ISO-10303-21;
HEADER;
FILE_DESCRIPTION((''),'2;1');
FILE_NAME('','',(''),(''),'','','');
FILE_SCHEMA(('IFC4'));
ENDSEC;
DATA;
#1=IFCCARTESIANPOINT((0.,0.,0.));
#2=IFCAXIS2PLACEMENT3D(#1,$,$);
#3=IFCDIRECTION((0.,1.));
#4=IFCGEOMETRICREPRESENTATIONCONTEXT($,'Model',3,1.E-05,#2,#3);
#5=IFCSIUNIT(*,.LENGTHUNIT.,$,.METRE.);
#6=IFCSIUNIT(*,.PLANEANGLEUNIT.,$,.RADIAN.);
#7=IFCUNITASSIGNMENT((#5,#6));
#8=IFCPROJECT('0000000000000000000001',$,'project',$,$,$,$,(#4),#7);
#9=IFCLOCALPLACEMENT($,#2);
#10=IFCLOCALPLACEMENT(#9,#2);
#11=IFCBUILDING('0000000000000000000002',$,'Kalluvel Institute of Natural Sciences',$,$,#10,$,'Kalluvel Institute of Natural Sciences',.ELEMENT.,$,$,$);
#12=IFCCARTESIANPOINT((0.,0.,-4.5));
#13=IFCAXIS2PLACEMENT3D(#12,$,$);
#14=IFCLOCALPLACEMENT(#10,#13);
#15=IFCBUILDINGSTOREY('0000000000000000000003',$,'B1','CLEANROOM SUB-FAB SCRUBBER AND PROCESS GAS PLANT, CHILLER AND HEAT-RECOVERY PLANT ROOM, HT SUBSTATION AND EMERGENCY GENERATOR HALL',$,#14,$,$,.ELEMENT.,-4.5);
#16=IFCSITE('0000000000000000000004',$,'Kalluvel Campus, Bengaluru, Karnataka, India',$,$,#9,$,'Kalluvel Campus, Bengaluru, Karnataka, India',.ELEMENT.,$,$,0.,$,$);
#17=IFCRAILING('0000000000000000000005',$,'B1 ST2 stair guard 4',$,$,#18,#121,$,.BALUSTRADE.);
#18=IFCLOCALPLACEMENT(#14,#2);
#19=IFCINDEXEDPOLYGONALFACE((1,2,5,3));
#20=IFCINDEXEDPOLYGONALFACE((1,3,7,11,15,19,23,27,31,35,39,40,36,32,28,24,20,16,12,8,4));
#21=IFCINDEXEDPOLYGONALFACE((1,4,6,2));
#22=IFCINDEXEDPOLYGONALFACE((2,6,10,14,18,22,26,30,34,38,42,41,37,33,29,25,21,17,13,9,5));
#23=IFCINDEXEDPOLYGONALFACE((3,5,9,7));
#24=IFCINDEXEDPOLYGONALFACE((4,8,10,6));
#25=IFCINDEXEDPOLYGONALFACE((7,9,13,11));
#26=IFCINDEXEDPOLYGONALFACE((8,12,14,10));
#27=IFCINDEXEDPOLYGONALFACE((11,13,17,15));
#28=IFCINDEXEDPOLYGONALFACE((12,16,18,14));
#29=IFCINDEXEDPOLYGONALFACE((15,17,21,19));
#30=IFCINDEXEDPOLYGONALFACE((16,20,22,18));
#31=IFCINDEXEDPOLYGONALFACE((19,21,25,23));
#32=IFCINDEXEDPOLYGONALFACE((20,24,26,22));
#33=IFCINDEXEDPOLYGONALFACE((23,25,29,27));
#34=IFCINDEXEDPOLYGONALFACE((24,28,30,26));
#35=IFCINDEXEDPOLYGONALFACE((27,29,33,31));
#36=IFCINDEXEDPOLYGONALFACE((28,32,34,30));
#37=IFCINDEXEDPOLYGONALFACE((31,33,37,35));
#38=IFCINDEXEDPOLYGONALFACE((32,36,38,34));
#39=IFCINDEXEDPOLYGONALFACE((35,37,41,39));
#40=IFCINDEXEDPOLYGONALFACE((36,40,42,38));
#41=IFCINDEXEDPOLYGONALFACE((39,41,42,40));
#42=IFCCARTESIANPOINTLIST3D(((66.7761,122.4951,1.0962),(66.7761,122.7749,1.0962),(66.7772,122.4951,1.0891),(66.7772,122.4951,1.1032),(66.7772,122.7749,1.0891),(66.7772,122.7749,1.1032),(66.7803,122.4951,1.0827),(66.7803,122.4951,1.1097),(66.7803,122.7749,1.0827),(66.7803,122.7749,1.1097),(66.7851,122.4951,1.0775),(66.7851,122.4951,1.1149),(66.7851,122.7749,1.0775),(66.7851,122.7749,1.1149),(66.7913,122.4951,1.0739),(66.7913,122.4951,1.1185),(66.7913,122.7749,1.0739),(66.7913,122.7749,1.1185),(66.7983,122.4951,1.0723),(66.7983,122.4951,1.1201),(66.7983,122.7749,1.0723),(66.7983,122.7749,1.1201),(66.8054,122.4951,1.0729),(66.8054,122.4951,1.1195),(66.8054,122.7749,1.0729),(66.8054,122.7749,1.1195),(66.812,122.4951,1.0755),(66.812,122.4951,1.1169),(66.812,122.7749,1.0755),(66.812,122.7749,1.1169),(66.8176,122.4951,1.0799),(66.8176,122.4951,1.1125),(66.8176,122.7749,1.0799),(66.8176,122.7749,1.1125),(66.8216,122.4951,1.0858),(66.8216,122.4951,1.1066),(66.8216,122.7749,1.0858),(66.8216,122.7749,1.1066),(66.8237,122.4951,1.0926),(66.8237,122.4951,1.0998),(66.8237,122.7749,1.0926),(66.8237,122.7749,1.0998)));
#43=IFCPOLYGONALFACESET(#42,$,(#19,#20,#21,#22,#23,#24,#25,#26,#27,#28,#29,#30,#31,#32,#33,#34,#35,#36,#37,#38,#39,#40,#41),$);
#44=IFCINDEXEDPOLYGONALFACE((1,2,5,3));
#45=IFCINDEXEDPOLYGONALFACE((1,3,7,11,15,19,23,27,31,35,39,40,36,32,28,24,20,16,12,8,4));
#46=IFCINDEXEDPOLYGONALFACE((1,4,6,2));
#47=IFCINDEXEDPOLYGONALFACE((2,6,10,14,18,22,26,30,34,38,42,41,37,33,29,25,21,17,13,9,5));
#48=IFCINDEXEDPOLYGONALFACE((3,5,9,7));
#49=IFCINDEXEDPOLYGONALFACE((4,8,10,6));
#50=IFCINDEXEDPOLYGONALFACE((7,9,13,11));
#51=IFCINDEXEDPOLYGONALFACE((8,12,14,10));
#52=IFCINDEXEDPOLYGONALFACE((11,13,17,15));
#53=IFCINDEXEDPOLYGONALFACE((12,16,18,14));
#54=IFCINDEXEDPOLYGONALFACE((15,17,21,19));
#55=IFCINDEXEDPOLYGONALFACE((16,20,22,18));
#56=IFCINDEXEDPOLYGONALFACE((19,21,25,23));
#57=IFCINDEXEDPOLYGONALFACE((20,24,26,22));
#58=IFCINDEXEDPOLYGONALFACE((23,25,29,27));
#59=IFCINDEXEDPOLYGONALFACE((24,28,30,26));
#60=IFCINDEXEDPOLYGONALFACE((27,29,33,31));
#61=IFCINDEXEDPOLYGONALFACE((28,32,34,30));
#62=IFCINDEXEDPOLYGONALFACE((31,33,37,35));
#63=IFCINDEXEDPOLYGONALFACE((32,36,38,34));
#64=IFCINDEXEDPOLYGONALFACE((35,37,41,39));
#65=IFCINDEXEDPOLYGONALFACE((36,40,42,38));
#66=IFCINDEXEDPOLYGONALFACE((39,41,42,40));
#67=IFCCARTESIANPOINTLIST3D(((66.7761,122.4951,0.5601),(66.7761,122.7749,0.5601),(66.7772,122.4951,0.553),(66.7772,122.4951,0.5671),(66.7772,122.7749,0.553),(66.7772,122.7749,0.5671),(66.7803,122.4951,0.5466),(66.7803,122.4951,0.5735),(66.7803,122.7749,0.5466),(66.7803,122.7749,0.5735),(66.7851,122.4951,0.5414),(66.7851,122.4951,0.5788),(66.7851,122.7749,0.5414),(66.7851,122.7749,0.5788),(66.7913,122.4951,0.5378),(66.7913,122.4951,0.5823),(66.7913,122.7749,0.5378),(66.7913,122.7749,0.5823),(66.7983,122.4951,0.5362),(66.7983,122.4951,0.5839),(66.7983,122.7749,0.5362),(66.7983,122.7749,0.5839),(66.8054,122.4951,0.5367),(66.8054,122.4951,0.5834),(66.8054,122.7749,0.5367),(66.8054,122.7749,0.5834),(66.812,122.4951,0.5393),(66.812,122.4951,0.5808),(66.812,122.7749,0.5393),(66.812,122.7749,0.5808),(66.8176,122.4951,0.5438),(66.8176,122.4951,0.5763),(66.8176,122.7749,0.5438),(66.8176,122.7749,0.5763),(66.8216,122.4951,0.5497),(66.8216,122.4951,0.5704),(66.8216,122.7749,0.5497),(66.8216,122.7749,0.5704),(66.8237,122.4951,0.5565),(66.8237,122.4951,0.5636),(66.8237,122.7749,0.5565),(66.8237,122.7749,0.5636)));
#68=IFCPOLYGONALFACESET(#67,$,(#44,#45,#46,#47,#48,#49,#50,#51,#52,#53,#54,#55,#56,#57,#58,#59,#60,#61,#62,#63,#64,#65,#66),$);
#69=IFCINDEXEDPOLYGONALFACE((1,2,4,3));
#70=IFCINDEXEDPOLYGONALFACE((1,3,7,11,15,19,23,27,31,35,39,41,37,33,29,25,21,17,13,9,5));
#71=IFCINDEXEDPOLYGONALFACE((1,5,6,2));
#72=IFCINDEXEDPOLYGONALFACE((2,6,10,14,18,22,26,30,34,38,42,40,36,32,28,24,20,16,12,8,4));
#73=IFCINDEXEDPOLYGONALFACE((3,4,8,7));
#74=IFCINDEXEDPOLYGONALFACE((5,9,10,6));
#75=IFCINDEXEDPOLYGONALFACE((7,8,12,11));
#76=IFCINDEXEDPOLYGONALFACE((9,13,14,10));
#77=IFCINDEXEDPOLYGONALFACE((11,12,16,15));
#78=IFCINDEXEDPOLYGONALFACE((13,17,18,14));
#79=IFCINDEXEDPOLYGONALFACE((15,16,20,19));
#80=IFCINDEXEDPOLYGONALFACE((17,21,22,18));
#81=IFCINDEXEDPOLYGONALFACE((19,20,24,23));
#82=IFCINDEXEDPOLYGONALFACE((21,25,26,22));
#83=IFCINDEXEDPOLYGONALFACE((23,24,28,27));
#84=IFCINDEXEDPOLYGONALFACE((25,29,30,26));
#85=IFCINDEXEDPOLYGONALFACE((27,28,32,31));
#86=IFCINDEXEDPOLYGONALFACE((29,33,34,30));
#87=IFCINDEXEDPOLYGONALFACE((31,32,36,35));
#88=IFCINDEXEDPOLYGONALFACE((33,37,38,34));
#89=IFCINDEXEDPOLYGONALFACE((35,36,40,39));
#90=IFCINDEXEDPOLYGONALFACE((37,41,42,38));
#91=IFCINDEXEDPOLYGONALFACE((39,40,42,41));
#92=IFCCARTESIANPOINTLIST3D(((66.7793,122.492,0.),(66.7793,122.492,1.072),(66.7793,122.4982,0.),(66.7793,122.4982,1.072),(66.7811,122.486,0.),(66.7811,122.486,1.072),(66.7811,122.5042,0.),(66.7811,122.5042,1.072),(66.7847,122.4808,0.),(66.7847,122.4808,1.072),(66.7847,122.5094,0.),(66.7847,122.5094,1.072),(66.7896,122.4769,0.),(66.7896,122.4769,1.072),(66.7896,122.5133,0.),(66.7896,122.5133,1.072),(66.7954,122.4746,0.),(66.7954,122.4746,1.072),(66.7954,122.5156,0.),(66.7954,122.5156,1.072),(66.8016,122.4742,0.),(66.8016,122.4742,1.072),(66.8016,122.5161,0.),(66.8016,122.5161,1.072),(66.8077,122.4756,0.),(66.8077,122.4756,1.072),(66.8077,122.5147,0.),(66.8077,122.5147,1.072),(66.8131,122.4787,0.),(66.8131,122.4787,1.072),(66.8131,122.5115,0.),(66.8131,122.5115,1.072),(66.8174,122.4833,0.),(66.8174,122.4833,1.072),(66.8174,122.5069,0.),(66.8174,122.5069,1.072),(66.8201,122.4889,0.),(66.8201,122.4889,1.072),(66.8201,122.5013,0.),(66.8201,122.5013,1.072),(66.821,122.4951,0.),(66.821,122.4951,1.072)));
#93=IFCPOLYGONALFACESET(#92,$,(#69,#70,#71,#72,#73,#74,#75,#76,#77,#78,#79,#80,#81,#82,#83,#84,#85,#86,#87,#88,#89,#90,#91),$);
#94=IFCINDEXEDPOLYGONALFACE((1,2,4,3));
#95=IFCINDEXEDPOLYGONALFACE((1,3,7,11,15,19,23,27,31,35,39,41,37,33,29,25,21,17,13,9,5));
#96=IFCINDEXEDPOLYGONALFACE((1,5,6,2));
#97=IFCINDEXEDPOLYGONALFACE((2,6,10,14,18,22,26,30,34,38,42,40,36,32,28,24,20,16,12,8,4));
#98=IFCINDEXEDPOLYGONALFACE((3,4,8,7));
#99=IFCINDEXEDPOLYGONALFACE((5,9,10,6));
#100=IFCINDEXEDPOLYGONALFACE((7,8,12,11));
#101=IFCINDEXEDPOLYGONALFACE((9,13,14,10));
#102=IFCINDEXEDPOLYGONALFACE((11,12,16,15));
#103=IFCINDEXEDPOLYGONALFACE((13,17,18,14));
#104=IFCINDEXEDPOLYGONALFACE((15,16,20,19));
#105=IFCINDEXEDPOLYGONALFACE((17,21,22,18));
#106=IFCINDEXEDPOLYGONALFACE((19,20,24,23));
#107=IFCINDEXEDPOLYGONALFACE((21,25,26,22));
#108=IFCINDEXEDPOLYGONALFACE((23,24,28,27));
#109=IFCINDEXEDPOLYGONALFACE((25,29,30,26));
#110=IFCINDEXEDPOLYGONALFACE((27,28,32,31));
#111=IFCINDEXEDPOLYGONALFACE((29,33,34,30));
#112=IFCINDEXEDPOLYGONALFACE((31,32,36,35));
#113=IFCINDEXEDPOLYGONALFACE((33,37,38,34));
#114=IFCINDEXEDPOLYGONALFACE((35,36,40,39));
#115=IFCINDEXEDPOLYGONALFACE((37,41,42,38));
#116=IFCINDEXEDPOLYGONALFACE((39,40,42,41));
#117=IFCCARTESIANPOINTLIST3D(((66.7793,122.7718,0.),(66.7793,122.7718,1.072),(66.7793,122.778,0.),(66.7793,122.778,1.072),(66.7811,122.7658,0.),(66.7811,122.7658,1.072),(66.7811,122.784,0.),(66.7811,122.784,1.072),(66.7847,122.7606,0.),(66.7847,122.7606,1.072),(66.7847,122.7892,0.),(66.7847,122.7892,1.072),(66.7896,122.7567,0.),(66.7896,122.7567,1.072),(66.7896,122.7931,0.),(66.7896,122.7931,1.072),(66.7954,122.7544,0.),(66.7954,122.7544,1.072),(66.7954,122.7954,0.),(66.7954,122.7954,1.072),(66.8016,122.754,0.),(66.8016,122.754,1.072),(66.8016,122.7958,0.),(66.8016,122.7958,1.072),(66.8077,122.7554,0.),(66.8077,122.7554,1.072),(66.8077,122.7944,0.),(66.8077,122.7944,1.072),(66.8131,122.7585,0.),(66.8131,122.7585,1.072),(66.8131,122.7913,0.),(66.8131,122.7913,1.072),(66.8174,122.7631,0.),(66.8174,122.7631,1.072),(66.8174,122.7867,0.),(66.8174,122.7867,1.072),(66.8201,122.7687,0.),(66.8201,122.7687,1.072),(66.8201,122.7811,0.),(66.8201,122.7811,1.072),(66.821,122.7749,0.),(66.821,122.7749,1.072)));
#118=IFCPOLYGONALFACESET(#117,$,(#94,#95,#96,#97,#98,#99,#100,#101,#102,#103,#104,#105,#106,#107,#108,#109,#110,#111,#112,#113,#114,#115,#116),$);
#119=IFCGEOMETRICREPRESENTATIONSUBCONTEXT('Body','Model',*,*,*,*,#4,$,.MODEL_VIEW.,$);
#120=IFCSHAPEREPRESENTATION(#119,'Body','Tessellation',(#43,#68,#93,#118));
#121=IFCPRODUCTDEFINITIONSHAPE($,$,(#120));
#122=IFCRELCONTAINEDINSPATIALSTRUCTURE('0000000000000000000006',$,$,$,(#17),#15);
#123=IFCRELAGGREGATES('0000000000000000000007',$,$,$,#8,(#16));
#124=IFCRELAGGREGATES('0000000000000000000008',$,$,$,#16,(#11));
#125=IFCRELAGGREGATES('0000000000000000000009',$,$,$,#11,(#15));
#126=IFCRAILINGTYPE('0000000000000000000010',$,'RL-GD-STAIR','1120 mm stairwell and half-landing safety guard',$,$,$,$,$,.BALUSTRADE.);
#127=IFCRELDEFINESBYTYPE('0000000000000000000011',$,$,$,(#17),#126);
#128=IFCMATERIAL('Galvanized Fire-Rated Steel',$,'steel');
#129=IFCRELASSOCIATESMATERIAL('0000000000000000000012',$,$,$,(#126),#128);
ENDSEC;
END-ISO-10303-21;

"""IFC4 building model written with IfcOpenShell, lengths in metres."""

from ifc_helpers import new_model, si_unit, direction, frame, origin, origin_2d, place, context, subcontext, project, spatial, circle, extrude, material, type_object, element, save


model = new_model("IFC4")

# Units and contexts
model_context = context("Model", 3, precision=1e-05, world=origin(), true_north=direction((0.0, 1.0)))
body_context = subcontext(model_context, "Body", "Model", "MODEL_VIEW")
ifc_project = project(units=[si_unit("LENGTHUNIT", "METRE"), si_unit("PLANEANGLEUNIT", "RADIAN")], contexts=[model_context])

# Site, building, storey
site_placement = place(None, origin())
site = spatial("IfcSite", under=ifc_project, at=site_placement, Name="Kalluvel Campus, Bengaluru, Karnataka, India", LongName="Kalluvel Campus, Bengaluru, Karnataka, India", CompositionType="ELEMENT", RefElevation=0.0)
building_placement = place(site_placement, origin())
building = spatial("IfcBuilding", under=site, at=building_placement, Name="Kalluvel Institute of Natural Sciences", LongName="Kalluvel Institute of Natural Sciences", CompositionType="ELEMENT")
storey_placement = place(building_placement, frame((0.0, 0.0, -4.5)))
storey = spatial("IfcBuildingStorey", under=building, at=storey_placement, Name="B1", Description="CLEANROOM SUB-FAB SCRUBBER AND PROCESS GAS PLANT, CHILLER AND HEAT-RECOVERY PLANT ROOM, HT SUBSTATION AND EMERGENCY GENERATOR HALL", CompositionType="ELEMENT", Elevation=-4.5)

# Shared definitions
ifc_material_1 = material(Name="Galvanized Fire-Rated Steel", Category="steel")

# Railing
railing_type_1 = type_object("IfcRailingType", Name="RL-GD-STAIR", Description="1120 mm stairwell and half-landing safety guard", PredefinedType="BALUSTRADE", material=ifc_material_1)
railing_1_placement = place(storey_placement, frame((66.8, 122.4951, 0.0)))
element("IfcRailing", 1, at=railing_1_placement, inside=storey, type_object=railing_type_1, Name="B1 ST2 stair guard 4", PredefinedType="BALUSTRADE", context=body_context, shape_type="SweptSolid", body=[
    extrude(circle(Radius=0.0239, at=origin_2d()), frame((0.0, 0.0, 1.0962), z_axis=(0.0, 1.0, 0.0), x_axis=(-1.0, 0.0, 0.0)), (0.0, 0.0, 1.0), 0.2798),
    extrude(circle(Radius=0.0239, at=origin_2d()), frame((0.0, 0.0, 0.5601), z_axis=(0.0, 1.0, 0.0), x_axis=(-1.0, 0.0, 0.0)), (0.0, 0.0, 1.0), 0.2798),
    extrude(circle(Radius=0.021, at=origin_2d()), origin(), (0.0, 0.0, 1.0), 1.072),
    extrude(circle(Radius=0.021, at=origin_2d()), frame((0.0, 0.2798, 0.0)), (0.0, 0.0, 1.0), 1.072),
])

save(model, "model.ifc")
